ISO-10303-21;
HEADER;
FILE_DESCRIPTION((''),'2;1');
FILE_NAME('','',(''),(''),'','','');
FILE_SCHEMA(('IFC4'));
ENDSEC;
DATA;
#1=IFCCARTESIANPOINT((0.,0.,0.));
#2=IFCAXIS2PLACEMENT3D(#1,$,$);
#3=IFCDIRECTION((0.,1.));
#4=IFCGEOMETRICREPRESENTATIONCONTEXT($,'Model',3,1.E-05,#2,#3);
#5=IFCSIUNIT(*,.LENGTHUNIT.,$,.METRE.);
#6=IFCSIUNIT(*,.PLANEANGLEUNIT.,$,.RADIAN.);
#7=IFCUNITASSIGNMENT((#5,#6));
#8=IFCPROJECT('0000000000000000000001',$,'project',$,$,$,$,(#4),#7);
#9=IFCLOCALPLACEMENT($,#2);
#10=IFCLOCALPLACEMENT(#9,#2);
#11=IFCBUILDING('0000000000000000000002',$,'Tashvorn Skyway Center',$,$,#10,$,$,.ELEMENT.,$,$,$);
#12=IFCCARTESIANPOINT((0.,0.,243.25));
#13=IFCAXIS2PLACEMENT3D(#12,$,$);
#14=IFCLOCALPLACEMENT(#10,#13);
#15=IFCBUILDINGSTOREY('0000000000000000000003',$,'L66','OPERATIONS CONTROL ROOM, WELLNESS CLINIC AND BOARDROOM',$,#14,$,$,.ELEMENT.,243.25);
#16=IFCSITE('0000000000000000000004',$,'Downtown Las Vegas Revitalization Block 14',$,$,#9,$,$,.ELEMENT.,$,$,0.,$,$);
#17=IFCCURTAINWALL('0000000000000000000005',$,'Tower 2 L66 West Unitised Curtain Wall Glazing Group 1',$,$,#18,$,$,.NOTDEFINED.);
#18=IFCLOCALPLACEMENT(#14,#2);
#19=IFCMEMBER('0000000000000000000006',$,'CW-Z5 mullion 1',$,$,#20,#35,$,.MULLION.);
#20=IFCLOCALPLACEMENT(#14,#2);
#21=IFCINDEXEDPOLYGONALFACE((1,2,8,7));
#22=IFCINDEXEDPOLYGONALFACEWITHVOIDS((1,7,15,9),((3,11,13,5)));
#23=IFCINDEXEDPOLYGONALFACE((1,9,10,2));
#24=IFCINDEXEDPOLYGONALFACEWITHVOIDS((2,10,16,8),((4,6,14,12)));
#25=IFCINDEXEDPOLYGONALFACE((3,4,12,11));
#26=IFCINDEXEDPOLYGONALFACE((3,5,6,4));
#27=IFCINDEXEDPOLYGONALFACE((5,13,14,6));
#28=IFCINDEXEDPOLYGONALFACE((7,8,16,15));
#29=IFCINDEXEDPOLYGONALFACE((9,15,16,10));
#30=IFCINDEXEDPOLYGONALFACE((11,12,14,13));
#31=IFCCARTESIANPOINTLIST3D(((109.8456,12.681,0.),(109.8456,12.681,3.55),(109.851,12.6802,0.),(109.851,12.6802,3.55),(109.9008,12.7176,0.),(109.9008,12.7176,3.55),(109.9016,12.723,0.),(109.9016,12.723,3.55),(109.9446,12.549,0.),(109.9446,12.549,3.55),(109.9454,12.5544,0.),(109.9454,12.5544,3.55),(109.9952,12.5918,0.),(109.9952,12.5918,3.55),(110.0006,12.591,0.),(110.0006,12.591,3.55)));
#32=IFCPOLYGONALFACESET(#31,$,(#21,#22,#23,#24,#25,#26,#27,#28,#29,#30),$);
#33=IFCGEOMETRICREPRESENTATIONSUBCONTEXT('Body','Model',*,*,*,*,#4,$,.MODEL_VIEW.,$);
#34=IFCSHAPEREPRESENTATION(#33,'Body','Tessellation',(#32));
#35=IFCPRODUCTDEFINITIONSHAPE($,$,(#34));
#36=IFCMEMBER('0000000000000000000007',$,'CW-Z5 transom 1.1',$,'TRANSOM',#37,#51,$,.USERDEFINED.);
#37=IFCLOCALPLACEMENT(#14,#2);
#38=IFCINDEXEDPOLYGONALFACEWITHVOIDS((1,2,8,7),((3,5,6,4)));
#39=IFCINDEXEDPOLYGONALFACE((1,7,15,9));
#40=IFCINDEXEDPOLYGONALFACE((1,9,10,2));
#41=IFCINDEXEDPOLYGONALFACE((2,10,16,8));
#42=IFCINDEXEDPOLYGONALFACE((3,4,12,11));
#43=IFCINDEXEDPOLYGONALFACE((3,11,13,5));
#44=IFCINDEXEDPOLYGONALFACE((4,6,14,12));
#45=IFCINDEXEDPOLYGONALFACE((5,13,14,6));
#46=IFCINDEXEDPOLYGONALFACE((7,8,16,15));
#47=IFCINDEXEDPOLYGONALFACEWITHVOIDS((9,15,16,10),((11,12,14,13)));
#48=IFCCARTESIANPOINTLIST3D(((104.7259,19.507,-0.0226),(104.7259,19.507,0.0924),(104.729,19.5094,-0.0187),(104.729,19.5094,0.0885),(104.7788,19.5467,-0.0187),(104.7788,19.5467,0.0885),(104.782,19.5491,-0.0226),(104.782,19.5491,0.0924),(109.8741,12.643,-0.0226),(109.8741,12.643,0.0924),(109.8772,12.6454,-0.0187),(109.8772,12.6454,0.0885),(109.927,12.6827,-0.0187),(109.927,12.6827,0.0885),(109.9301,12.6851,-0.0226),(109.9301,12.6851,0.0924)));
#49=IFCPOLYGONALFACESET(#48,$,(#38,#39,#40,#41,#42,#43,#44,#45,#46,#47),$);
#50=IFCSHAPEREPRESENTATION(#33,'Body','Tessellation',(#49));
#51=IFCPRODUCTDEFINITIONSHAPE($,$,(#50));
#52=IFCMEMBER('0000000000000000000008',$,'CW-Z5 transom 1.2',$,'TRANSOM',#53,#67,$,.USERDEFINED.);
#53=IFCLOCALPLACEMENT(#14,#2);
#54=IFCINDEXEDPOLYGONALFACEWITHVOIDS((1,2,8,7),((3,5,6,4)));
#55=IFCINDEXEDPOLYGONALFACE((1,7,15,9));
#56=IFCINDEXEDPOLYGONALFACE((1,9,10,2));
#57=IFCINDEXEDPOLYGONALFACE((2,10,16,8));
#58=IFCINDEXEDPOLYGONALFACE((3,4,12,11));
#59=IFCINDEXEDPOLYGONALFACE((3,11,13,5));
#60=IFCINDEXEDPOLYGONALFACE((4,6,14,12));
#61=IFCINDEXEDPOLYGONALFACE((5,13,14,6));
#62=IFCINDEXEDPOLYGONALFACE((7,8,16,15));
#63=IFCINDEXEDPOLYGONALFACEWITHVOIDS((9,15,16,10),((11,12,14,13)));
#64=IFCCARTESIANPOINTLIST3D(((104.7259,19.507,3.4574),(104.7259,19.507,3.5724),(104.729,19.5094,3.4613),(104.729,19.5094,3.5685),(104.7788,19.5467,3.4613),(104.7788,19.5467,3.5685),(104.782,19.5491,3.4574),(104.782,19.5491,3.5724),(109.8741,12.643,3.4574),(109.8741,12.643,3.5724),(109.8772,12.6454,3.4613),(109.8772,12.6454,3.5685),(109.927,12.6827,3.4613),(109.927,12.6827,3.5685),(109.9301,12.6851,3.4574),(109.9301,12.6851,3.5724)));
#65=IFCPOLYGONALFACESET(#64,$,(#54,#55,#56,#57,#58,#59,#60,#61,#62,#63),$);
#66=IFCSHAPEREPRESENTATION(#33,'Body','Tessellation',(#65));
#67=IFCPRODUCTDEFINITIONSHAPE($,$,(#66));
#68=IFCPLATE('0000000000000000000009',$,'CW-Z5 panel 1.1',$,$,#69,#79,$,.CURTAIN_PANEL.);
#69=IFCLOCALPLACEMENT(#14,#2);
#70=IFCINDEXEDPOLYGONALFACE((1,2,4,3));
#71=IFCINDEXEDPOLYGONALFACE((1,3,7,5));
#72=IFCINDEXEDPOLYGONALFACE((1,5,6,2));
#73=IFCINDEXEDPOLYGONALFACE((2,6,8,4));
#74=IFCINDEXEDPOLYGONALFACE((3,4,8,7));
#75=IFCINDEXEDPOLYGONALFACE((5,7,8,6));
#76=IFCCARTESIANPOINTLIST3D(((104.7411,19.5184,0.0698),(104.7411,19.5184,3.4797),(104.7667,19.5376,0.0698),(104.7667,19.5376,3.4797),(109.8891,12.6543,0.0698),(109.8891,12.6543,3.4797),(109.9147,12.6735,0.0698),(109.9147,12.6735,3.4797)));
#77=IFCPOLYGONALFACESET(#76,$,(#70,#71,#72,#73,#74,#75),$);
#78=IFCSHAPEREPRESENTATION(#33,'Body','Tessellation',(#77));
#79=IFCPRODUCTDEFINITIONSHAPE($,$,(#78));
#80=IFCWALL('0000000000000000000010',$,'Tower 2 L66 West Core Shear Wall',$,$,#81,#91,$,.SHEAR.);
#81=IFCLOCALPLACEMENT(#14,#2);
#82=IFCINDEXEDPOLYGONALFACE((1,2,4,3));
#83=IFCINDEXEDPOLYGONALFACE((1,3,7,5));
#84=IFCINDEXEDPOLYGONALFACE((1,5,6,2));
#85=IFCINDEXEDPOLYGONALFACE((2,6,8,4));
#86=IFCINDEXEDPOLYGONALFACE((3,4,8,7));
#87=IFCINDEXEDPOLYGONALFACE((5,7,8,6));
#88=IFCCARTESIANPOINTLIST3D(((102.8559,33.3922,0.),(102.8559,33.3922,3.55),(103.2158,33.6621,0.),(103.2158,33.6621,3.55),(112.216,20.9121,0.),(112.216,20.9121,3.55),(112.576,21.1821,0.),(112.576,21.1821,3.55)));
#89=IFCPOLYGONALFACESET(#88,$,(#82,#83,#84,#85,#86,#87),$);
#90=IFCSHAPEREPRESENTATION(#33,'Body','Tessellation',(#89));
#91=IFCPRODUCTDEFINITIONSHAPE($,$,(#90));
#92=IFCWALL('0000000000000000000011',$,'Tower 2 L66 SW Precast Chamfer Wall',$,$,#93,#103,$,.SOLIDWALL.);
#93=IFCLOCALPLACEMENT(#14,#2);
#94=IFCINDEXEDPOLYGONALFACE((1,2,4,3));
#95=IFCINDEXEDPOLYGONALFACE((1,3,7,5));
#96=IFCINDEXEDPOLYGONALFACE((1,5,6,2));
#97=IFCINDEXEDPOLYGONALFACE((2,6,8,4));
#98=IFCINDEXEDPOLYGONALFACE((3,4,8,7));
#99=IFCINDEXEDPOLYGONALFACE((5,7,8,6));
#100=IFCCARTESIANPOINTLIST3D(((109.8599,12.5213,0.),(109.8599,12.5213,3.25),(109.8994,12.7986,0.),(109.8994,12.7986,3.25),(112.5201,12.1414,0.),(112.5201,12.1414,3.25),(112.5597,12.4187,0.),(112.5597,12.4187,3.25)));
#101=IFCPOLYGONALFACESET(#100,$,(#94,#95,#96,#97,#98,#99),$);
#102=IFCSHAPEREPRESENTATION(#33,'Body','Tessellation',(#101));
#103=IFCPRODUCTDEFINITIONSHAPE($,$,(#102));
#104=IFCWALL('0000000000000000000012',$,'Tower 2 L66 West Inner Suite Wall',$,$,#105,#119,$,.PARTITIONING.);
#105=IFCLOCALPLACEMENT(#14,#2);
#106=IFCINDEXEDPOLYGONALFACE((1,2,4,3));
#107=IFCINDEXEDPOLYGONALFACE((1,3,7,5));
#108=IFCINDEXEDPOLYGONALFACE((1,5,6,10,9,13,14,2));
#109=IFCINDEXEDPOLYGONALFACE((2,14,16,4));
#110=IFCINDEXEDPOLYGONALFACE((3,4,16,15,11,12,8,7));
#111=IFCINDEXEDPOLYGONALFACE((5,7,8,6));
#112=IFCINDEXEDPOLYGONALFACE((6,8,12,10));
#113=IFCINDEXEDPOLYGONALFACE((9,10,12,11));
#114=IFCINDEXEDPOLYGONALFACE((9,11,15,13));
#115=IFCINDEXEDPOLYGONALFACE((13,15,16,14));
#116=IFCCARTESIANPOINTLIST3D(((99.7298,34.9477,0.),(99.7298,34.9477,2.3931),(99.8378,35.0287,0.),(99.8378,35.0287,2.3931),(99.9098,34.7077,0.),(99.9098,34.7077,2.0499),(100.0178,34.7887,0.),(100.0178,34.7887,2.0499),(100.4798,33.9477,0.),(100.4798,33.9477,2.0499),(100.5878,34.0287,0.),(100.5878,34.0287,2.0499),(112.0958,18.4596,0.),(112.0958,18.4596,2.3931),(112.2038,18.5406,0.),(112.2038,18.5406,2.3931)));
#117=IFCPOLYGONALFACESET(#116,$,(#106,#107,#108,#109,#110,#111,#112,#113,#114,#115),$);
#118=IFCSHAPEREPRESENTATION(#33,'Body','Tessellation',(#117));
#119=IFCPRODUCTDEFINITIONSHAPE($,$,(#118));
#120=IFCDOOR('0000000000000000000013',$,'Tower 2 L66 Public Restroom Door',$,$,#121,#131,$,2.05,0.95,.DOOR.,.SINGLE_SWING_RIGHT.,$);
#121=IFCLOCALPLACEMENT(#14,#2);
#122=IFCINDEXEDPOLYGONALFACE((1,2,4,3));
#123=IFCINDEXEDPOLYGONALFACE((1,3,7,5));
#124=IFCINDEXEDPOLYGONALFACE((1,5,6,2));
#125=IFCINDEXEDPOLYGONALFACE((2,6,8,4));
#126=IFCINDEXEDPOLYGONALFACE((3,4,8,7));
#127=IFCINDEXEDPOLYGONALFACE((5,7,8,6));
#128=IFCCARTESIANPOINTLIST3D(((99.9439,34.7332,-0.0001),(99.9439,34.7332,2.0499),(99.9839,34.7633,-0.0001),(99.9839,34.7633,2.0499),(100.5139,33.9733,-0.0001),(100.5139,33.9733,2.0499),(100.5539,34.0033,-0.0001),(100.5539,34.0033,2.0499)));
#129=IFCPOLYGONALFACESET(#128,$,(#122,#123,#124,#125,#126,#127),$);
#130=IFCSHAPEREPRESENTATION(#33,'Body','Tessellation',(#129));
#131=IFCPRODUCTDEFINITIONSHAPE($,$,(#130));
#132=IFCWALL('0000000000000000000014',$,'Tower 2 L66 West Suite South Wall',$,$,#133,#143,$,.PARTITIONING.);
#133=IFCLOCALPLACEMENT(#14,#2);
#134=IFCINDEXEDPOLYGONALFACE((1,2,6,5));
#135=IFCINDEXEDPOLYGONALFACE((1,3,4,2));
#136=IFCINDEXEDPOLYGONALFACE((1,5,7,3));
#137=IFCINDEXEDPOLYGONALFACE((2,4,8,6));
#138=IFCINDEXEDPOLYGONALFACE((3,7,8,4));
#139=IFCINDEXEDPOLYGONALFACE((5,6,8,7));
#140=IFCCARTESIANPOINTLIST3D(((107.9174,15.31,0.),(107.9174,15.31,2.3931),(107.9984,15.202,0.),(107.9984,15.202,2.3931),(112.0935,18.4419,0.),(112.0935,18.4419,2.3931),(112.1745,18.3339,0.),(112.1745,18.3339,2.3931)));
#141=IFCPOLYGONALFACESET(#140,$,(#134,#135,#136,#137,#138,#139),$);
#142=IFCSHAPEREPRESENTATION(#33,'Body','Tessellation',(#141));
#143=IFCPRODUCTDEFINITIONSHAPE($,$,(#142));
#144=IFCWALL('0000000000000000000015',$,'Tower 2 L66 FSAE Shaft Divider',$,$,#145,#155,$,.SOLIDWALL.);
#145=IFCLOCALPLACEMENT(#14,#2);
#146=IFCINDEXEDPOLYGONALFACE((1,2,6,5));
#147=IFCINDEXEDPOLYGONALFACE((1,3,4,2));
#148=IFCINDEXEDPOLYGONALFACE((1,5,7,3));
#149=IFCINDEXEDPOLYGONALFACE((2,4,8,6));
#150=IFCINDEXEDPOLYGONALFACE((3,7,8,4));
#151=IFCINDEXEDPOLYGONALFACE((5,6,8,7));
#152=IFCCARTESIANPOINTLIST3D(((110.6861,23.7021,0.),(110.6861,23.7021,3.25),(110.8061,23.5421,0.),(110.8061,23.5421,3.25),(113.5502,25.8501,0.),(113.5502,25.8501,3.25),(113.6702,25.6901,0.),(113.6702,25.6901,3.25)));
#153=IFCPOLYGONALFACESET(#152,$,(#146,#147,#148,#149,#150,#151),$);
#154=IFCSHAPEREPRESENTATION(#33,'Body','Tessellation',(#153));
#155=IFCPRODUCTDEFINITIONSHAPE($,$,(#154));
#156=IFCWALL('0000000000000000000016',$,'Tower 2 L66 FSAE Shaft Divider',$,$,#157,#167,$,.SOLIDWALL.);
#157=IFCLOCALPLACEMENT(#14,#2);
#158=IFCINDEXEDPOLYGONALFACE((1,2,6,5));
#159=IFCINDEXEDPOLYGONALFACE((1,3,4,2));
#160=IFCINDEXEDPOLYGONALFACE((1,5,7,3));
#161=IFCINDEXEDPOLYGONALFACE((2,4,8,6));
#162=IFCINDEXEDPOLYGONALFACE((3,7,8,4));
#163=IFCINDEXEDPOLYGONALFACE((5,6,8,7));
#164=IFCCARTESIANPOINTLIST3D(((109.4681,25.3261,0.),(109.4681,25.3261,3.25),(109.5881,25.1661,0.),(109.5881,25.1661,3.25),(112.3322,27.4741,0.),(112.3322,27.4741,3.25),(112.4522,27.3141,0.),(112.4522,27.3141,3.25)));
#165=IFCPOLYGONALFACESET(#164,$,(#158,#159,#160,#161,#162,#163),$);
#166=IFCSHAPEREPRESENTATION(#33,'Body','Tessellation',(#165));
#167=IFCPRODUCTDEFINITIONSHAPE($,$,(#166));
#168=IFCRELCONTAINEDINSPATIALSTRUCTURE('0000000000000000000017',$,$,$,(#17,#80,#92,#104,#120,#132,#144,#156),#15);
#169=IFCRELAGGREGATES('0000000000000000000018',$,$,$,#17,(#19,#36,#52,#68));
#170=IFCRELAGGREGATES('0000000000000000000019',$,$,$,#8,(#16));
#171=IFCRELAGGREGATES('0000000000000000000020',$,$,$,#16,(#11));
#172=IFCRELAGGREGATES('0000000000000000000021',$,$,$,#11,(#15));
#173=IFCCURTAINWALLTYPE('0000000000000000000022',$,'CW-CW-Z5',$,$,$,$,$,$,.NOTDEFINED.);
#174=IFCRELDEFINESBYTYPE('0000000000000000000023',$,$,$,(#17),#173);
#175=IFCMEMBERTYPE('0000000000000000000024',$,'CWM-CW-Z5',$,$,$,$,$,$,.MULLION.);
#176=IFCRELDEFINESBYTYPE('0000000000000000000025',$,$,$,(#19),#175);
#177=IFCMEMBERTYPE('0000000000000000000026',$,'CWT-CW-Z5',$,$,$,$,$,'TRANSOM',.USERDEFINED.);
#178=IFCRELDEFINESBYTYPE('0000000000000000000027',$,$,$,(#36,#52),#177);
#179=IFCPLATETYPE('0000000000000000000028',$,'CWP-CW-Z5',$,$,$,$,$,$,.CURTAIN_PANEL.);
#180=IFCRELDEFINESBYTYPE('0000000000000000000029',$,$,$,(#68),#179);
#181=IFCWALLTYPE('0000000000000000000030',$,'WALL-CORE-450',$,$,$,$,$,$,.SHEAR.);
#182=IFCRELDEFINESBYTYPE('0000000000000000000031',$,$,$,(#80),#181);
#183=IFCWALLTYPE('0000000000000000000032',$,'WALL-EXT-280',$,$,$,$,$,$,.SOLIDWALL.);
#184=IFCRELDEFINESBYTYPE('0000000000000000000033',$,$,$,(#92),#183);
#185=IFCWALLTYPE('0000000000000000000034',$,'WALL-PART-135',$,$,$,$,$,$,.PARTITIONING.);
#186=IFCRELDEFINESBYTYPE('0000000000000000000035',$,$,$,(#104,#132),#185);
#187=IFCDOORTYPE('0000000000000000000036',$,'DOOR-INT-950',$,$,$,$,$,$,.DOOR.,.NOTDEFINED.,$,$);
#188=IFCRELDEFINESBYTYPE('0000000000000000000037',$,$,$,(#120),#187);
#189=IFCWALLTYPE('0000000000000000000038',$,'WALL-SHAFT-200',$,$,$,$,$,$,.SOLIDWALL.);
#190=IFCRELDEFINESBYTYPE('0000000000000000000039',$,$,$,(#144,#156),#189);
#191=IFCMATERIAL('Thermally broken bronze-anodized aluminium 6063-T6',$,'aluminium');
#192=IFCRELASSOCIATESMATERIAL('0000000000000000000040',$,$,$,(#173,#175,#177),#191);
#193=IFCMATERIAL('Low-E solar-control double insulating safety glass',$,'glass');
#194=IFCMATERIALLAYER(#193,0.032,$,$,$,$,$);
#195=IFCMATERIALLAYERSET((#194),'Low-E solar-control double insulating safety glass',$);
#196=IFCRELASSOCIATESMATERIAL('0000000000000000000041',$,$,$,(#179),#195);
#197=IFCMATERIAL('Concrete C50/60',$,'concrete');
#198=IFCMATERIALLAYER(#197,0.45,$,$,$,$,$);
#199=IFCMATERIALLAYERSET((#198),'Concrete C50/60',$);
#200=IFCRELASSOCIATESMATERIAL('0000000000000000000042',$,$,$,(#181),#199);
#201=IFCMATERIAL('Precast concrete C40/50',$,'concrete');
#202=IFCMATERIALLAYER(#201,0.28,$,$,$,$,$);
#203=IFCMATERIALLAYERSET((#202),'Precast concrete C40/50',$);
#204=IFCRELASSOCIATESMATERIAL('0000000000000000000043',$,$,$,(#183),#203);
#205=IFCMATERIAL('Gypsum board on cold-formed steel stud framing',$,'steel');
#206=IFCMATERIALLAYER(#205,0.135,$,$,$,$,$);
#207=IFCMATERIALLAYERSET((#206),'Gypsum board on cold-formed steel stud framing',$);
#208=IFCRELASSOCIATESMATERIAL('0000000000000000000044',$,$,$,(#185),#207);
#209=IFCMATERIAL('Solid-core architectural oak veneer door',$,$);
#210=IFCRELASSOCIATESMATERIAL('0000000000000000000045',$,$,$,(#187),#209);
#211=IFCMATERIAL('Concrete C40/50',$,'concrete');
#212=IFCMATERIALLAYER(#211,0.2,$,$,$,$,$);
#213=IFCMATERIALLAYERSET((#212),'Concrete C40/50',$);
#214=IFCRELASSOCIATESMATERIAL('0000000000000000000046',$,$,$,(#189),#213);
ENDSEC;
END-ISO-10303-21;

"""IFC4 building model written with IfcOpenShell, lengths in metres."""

from ifc_helpers import new_model, si_unit, direction, frame, frame_2d, origin, origin_2d, place, context, subcontext, project, spatial, rectangle, hollow_rectangle, extrude, material, layer, layer_set, material_profile, profile_set, type_object, element, fill, aggregate, save


model = new_model("IFC4")

# Units and contexts
model_context = context("Model", 3, precision=1e-05, world=origin(), true_north=direction((0.0, 1.0)))
body_context = subcontext(model_context, "Body", "Model", "MODEL_VIEW")
ifc_project = project(units=[si_unit("LENGTHUNIT", "METRE"), si_unit("PLANEANGLEUNIT", "RADIAN")], contexts=[model_context])

# Site, building, storey
site_placement = place(None, origin())
site = spatial("IfcSite", under=ifc_project, at=site_placement, Name="Downtown Las Vegas Revitalization Block 14", CompositionType="ELEMENT", RefElevation=0.0)
building_placement = place(site_placement, origin())
building = spatial("IfcBuilding", under=site, at=building_placement, Name="Tashvorn Skyway Center", CompositionType="ELEMENT")
storey_placement = place(building_placement, frame((0.0, 0.0, 243.25)))
storey = spatial("IfcBuildingStorey", under=building, at=storey_placement, Name="L66", Description="OPERATIONS CONTROL ROOM, WELLNESS CLINIC AND BOARDROOM", CompositionType="ELEMENT", Elevation=243.25)

# Shared definitions
ifc_material_1 = material(Name="Concrete C50/60", Category="concrete")

# Shared definitions
ifc_material_2 = material(Name="Thermally broken bronze-anodized aluminium 6063-T6", Category="aluminium")
curtain_wall_type = type_object("IfcCurtainWallType", Name="CW-CW-Z5", PredefinedType="NOTDEFINED", material=ifc_material_2)
ifc_material_profile_1 = material_profile(ifc_material_2, hollow_rectangle(XDim=0.0701, YDim=0.165, WallThickness=0.0039, at=origin_2d()), Name="ALU-MULL-70x165")
ifc_profile_set_1 = profile_set([ifc_material_profile_1], Name="Thermally broken bronze-anodized aluminium 6063-T6")
member_type_1 = type_object("IfcMemberType", Name="CWM-CW-Z5", PredefinedType="MULLION", material=ifc_profile_set_1)

# Curtain wall, members, plate
curtain_wall_1_placement = place(storey_placement, origin())
curtain_wall_1 = element("IfcCurtainWall", 1, at=curtain_wall_1_placement, inside=storey, type_object=curtain_wall_type, Name="Tower 2 L66 West Unitised Curtain Wall Glazing Group 1", PredefinedType="NOTDEFINED")
member_1_placement = place(storey_placement, frame((109.9231, 12.636, 0.0), z_axis=(0.0, 0.0, 1.0), x_axis=(-0.8, -0.6, 0.0)))
member_1 = element("IfcMember", 2, at=member_1_placement, type_object=member_type_1, Name="CW-Z5 mullion 1", PredefinedType="MULLION", context=body_context, shape_type="SweptSolid", body=[
    extrude(hollow_rectangle(XDim=0.0701, YDim=0.165, WallThickness=0.0039, at=origin_2d()), origin(), (0.0, 0.0, 1.0), 3.55),
])
ifc_material_profile_2 = material_profile(ifc_material_2, hollow_rectangle(XDim=0.0701, YDim=0.115, WallThickness=0.0039, at=origin_2d()), Name="ALU-TRAN-70x115")
ifc_profile_set_2 = profile_set([ifc_material_profile_2], Name="Thermally broken bronze-anodized aluminium 6063-T6")
member_type_2 = type_object("IfcMemberType", Name="CWT-CW-Z5", ElementType="TRANSOM", PredefinedType="USERDEFINED", material=ifc_profile_set_2)
member_2_placement = place(storey_placement, frame((109.9021, 12.6641, 0.0349), z_axis=(-0.600014, 0.79999, 0.0), x_axis=(-0.79999, -0.600014, 0.0)))
member_2 = element("IfcMember", 3, at=member_2_placement, type_object=member_type_2, Name="CW-Z5 transom 1.1", ObjectType="TRANSOM", PredefinedType="USERDEFINED", context=body_context, shape_type="SweptSolid", body=[
    extrude(hollow_rectangle(XDim=0.0701, YDim=0.115, WallThickness=0.0039, at=origin_2d()), origin(), (0.0, 0.0, 1.0), 8.5801),
])
member_3_placement = place(storey_placement, frame((109.9021, 12.6641, 3.5149), z_axis=(-0.600014, 0.79999, 0.0), x_axis=(-0.79999, -0.600014, 0.0)))
member_3 = element("IfcMember", 4, at=member_3_placement, type_object=member_type_2, Name="CW-Z5 transom 1.2", ObjectType="TRANSOM", PredefinedType="USERDEFINED", context=body_context, shape_type="SweptSolid", body=[
    extrude(hollow_rectangle(XDim=0.0701, YDim=0.115, WallThickness=0.0039, at=origin_2d()), origin(), (0.0, 0.0, 1.0), 8.5801),
])
ifc_material_3 = material(Name="Low-E solar-control double insulating safety glass", Category="glass")
ifc_layer_1 = layer(ifc_material_3, 0.032)
ifc_layer_set_1 = layer_set([ifc_layer_1], Name="Low-E solar-control double insulating safety glass")
plate_type = type_object("IfcPlateType", Name="CWP-CW-Z5", PredefinedType="CURTAIN_PANEL", material=ifc_layer_set_1)
plate_placement = place(storey_placement, frame((107.3279, 16.0959, 0.0698), z_axis=(0.0, 0.0, 1.0), x_axis=(-0.6, 0.8, 0.0)))
plate = element("IfcPlate", 5, at=plate_placement, type_object=plate_type, Name="CW-Z5 panel 1.1", PredefinedType="CURTAIN_PANEL", context=body_context, shape_type="SweptSolid", body=[
    extrude(rectangle(XDim=8.5801, YDim=0.032, at=origin_2d()), origin(), (0.0, 0.0, 1.0), 3.4099),
])
aggregate(curtain_wall_1, [member_1, member_2, member_3, plate])

# Walls
ifc_layer_2 = layer(ifc_material_1, 0.45)
ifc_layer_set_2 = layer_set([ifc_layer_2], Name="Concrete C50/60")
wall_type_1 = type_object("IfcWallType", Name="WALL-CORE-450", PredefinedType="SHEAR", material=ifc_layer_set_2)
wall_1_placement = place(storey_placement, frame((112.396, 21.0471, 0.0), z_axis=(0.0, 0.0, 1.0), x_axis=(-0.600005, 0.799996, 0.0)))
element("IfcWall", 6, at=wall_1_placement, inside=storey, type_object=wall_type_1, Name="Tower 2 L66 West Core Shear Wall", PredefinedType="SHEAR", context=body_context, shape_type="SweptSolid", body=[
    extrude(rectangle(XDim=15.6001, YDim=0.45, at=frame_2d((7.8, 0.0))), origin(), (0.0, 0.0, 1.0), 3.55),
])
ifc_material_4 = material(Name="Precast concrete C40/50", Category="concrete")
ifc_layer_3 = layer(ifc_material_4, 0.28)
ifc_layer_set_3 = layer_set([ifc_layer_3], Name="Precast concrete C40/50")
wall_type_2 = type_object("IfcWallType", Name="WALL-EXT-280", PredefinedType="SOLIDWALL", material=ifc_layer_set_3)
wall_2_placement = place(storey_placement, frame((112.54, 12.28, 0.0), z_axis=(0.0, 0.0, 1.0), x_axis=(-0.989957, 0.14137, 0.0)))
element("IfcWall", 7, at=wall_2_placement, inside=storey, type_object=wall_type_2, Name="Tower 2 L66 SW Precast Chamfer Wall", PredefinedType="SOLIDWALL", context=body_context, shape_type="SweptSolid", body=[
    extrude(rectangle(XDim=2.6873, YDim=0.28, at=frame_2d((1.3438, 0.0))), origin(), (0.0, 0.0, 1.0), 3.25),
])

# Wall, opening, door
ifc_material_5 = material(Name="Gypsum board on cold-formed steel stud framing", Category="steel")
ifc_layer_4 = layer(ifc_material_5, 0.135)
ifc_layer_set_4 = layer_set([ifc_layer_4], Name="Gypsum board on cold-formed steel stud framing")
wall_type_3 = type_object("IfcWallType", Name="WALL-PART-135", PredefinedType="PARTITIONING", material=ifc_layer_set_4)
wall_3_placement = place(storey_placement, frame((112.1499, 18.5, 0.0), z_axis=(0.0, 0.0, 1.0), x_axis=(-0.599998, 0.800001, 0.0)))
wall_3 = element("IfcWall", 8, at=wall_3_placement, inside=storey, type_object=wall_type_3, Name="Tower 2 L66 West Inner Suite Wall", PredefinedType="PARTITIONING", context=body_context, shape_type="SweptSolid", body=[
    extrude(rectangle(XDim=20.6101, YDim=0.135, at=frame_2d((10.3052, 0.0))), origin(), (0.0, 0.0, 1.0), 2.3931),
])
opening_1_placement = place(wall_3_placement, frame((19.3601, 0.0, 0.0)))
opening_1 = element("IfcOpeningElement", 9, at=opening_1_placement, cuts=wall_3, PredefinedType="OPENING", context=body_context, shape_type="SweptSolid", body=[
    extrude(rectangle(XDim=0.95, YDim=2.05, at=frame_2d((0.4751, 1.0249))), frame((0.0, 0.0774, 0.0), z_axis=(0.0, -1.0, 0.0), x_axis=(1.0, 0.0, 0.0)), (0.0, 0.0, 1.0), 0.155),
])
ifc_material_6 = material(Name="Solid-core architectural oak veneer door")
door_type_1 = type_object("IfcDoorType", Name="DOOR-INT-950", OperationType="NOTDEFINED", PredefinedType="DOOR", material=ifc_material_6)
door_1_placement = place(opening_1_placement, origin())
door_1 = element("IfcDoor", 10, at=door_1_placement, inside=storey, type_object=door_type_1, Name="Tower 2 L66 Public Restroom Door", OperationType="SINGLE_SWING_RIGHT", OverallHeight=2.05, OverallWidth=0.95, PredefinedType="DOOR", context=body_context, shape_type="SweptSolid", body=[
    extrude(rectangle(XDim=0.95, YDim=2.05, at=frame_2d((0.4751, 1.0249))), frame((0.0, 0.0249, 0.0), z_axis=(0.0, -1.0, 0.0), x_axis=(1.0, 0.0, 0.0)), (0.0, 0.0, 1.0), 0.05),
])
fill(opening_1, door_1)

# Walls
wall_4_placement = place(storey_placement, frame((107.958, 15.2561, 0.0), z_axis=(0.0, 0.0, 1.0), x_axis=(0.800017, 0.599978, 0.0)))
element("IfcWall", 11, at=wall_4_placement, inside=storey, type_object=wall_type_3, Name="Tower 2 L66 West Suite South Wall", PredefinedType="PARTITIONING", context=body_context, shape_type="SweptSolid", body=[
    extrude(rectangle(XDim=5.22, YDim=0.135, at=frame_2d((2.6099, 0.0))), origin(), (0.0, 0.0, 1.0), 2.3931),
])
ifc_material_7 = material(Name="Concrete C40/50", Category="concrete")
ifc_layer_5 = layer(ifc_material_7, 0.2)
ifc_layer_set_5 = layer_set([ifc_layer_5], Name="Concrete C40/50")
wall_type_4 = type_object("IfcWallType", Name="WALL-SHAFT-200", PredefinedType="SOLIDWALL", material=ifc_layer_set_5)
for number, where, z_axis, x_axis, name in (
    (12, (110.7461, 23.6221, 0.0), (0.0, 0.0, 1.0), (0.800008, 0.599989, 0.0), "Tower 2 L66 FSAE Shaft Divider"),
    (13, (109.5281, 25.2461, 0.0), (0.0, 0.0, 1.0), (0.800008, 0.599989, 0.0), "Tower 2 L66 FSAE Shaft Divider"),
):
    element("IfcWall", number, at=place(storey_placement, frame(where, z_axis=z_axis, x_axis=x_axis)), inside=storey, type_object=wall_type_4, Name=name, PredefinedType="SOLIDWALL", context=body_context, shape_type="SweptSolid", body=[
        extrude(rectangle(XDim=3.5801, YDim=0.2, at=frame_2d((1.79, 0.0))), origin(), (0.0, 0.0, 1.0), 3.25),
    ])

save(model, "model.ifc")
